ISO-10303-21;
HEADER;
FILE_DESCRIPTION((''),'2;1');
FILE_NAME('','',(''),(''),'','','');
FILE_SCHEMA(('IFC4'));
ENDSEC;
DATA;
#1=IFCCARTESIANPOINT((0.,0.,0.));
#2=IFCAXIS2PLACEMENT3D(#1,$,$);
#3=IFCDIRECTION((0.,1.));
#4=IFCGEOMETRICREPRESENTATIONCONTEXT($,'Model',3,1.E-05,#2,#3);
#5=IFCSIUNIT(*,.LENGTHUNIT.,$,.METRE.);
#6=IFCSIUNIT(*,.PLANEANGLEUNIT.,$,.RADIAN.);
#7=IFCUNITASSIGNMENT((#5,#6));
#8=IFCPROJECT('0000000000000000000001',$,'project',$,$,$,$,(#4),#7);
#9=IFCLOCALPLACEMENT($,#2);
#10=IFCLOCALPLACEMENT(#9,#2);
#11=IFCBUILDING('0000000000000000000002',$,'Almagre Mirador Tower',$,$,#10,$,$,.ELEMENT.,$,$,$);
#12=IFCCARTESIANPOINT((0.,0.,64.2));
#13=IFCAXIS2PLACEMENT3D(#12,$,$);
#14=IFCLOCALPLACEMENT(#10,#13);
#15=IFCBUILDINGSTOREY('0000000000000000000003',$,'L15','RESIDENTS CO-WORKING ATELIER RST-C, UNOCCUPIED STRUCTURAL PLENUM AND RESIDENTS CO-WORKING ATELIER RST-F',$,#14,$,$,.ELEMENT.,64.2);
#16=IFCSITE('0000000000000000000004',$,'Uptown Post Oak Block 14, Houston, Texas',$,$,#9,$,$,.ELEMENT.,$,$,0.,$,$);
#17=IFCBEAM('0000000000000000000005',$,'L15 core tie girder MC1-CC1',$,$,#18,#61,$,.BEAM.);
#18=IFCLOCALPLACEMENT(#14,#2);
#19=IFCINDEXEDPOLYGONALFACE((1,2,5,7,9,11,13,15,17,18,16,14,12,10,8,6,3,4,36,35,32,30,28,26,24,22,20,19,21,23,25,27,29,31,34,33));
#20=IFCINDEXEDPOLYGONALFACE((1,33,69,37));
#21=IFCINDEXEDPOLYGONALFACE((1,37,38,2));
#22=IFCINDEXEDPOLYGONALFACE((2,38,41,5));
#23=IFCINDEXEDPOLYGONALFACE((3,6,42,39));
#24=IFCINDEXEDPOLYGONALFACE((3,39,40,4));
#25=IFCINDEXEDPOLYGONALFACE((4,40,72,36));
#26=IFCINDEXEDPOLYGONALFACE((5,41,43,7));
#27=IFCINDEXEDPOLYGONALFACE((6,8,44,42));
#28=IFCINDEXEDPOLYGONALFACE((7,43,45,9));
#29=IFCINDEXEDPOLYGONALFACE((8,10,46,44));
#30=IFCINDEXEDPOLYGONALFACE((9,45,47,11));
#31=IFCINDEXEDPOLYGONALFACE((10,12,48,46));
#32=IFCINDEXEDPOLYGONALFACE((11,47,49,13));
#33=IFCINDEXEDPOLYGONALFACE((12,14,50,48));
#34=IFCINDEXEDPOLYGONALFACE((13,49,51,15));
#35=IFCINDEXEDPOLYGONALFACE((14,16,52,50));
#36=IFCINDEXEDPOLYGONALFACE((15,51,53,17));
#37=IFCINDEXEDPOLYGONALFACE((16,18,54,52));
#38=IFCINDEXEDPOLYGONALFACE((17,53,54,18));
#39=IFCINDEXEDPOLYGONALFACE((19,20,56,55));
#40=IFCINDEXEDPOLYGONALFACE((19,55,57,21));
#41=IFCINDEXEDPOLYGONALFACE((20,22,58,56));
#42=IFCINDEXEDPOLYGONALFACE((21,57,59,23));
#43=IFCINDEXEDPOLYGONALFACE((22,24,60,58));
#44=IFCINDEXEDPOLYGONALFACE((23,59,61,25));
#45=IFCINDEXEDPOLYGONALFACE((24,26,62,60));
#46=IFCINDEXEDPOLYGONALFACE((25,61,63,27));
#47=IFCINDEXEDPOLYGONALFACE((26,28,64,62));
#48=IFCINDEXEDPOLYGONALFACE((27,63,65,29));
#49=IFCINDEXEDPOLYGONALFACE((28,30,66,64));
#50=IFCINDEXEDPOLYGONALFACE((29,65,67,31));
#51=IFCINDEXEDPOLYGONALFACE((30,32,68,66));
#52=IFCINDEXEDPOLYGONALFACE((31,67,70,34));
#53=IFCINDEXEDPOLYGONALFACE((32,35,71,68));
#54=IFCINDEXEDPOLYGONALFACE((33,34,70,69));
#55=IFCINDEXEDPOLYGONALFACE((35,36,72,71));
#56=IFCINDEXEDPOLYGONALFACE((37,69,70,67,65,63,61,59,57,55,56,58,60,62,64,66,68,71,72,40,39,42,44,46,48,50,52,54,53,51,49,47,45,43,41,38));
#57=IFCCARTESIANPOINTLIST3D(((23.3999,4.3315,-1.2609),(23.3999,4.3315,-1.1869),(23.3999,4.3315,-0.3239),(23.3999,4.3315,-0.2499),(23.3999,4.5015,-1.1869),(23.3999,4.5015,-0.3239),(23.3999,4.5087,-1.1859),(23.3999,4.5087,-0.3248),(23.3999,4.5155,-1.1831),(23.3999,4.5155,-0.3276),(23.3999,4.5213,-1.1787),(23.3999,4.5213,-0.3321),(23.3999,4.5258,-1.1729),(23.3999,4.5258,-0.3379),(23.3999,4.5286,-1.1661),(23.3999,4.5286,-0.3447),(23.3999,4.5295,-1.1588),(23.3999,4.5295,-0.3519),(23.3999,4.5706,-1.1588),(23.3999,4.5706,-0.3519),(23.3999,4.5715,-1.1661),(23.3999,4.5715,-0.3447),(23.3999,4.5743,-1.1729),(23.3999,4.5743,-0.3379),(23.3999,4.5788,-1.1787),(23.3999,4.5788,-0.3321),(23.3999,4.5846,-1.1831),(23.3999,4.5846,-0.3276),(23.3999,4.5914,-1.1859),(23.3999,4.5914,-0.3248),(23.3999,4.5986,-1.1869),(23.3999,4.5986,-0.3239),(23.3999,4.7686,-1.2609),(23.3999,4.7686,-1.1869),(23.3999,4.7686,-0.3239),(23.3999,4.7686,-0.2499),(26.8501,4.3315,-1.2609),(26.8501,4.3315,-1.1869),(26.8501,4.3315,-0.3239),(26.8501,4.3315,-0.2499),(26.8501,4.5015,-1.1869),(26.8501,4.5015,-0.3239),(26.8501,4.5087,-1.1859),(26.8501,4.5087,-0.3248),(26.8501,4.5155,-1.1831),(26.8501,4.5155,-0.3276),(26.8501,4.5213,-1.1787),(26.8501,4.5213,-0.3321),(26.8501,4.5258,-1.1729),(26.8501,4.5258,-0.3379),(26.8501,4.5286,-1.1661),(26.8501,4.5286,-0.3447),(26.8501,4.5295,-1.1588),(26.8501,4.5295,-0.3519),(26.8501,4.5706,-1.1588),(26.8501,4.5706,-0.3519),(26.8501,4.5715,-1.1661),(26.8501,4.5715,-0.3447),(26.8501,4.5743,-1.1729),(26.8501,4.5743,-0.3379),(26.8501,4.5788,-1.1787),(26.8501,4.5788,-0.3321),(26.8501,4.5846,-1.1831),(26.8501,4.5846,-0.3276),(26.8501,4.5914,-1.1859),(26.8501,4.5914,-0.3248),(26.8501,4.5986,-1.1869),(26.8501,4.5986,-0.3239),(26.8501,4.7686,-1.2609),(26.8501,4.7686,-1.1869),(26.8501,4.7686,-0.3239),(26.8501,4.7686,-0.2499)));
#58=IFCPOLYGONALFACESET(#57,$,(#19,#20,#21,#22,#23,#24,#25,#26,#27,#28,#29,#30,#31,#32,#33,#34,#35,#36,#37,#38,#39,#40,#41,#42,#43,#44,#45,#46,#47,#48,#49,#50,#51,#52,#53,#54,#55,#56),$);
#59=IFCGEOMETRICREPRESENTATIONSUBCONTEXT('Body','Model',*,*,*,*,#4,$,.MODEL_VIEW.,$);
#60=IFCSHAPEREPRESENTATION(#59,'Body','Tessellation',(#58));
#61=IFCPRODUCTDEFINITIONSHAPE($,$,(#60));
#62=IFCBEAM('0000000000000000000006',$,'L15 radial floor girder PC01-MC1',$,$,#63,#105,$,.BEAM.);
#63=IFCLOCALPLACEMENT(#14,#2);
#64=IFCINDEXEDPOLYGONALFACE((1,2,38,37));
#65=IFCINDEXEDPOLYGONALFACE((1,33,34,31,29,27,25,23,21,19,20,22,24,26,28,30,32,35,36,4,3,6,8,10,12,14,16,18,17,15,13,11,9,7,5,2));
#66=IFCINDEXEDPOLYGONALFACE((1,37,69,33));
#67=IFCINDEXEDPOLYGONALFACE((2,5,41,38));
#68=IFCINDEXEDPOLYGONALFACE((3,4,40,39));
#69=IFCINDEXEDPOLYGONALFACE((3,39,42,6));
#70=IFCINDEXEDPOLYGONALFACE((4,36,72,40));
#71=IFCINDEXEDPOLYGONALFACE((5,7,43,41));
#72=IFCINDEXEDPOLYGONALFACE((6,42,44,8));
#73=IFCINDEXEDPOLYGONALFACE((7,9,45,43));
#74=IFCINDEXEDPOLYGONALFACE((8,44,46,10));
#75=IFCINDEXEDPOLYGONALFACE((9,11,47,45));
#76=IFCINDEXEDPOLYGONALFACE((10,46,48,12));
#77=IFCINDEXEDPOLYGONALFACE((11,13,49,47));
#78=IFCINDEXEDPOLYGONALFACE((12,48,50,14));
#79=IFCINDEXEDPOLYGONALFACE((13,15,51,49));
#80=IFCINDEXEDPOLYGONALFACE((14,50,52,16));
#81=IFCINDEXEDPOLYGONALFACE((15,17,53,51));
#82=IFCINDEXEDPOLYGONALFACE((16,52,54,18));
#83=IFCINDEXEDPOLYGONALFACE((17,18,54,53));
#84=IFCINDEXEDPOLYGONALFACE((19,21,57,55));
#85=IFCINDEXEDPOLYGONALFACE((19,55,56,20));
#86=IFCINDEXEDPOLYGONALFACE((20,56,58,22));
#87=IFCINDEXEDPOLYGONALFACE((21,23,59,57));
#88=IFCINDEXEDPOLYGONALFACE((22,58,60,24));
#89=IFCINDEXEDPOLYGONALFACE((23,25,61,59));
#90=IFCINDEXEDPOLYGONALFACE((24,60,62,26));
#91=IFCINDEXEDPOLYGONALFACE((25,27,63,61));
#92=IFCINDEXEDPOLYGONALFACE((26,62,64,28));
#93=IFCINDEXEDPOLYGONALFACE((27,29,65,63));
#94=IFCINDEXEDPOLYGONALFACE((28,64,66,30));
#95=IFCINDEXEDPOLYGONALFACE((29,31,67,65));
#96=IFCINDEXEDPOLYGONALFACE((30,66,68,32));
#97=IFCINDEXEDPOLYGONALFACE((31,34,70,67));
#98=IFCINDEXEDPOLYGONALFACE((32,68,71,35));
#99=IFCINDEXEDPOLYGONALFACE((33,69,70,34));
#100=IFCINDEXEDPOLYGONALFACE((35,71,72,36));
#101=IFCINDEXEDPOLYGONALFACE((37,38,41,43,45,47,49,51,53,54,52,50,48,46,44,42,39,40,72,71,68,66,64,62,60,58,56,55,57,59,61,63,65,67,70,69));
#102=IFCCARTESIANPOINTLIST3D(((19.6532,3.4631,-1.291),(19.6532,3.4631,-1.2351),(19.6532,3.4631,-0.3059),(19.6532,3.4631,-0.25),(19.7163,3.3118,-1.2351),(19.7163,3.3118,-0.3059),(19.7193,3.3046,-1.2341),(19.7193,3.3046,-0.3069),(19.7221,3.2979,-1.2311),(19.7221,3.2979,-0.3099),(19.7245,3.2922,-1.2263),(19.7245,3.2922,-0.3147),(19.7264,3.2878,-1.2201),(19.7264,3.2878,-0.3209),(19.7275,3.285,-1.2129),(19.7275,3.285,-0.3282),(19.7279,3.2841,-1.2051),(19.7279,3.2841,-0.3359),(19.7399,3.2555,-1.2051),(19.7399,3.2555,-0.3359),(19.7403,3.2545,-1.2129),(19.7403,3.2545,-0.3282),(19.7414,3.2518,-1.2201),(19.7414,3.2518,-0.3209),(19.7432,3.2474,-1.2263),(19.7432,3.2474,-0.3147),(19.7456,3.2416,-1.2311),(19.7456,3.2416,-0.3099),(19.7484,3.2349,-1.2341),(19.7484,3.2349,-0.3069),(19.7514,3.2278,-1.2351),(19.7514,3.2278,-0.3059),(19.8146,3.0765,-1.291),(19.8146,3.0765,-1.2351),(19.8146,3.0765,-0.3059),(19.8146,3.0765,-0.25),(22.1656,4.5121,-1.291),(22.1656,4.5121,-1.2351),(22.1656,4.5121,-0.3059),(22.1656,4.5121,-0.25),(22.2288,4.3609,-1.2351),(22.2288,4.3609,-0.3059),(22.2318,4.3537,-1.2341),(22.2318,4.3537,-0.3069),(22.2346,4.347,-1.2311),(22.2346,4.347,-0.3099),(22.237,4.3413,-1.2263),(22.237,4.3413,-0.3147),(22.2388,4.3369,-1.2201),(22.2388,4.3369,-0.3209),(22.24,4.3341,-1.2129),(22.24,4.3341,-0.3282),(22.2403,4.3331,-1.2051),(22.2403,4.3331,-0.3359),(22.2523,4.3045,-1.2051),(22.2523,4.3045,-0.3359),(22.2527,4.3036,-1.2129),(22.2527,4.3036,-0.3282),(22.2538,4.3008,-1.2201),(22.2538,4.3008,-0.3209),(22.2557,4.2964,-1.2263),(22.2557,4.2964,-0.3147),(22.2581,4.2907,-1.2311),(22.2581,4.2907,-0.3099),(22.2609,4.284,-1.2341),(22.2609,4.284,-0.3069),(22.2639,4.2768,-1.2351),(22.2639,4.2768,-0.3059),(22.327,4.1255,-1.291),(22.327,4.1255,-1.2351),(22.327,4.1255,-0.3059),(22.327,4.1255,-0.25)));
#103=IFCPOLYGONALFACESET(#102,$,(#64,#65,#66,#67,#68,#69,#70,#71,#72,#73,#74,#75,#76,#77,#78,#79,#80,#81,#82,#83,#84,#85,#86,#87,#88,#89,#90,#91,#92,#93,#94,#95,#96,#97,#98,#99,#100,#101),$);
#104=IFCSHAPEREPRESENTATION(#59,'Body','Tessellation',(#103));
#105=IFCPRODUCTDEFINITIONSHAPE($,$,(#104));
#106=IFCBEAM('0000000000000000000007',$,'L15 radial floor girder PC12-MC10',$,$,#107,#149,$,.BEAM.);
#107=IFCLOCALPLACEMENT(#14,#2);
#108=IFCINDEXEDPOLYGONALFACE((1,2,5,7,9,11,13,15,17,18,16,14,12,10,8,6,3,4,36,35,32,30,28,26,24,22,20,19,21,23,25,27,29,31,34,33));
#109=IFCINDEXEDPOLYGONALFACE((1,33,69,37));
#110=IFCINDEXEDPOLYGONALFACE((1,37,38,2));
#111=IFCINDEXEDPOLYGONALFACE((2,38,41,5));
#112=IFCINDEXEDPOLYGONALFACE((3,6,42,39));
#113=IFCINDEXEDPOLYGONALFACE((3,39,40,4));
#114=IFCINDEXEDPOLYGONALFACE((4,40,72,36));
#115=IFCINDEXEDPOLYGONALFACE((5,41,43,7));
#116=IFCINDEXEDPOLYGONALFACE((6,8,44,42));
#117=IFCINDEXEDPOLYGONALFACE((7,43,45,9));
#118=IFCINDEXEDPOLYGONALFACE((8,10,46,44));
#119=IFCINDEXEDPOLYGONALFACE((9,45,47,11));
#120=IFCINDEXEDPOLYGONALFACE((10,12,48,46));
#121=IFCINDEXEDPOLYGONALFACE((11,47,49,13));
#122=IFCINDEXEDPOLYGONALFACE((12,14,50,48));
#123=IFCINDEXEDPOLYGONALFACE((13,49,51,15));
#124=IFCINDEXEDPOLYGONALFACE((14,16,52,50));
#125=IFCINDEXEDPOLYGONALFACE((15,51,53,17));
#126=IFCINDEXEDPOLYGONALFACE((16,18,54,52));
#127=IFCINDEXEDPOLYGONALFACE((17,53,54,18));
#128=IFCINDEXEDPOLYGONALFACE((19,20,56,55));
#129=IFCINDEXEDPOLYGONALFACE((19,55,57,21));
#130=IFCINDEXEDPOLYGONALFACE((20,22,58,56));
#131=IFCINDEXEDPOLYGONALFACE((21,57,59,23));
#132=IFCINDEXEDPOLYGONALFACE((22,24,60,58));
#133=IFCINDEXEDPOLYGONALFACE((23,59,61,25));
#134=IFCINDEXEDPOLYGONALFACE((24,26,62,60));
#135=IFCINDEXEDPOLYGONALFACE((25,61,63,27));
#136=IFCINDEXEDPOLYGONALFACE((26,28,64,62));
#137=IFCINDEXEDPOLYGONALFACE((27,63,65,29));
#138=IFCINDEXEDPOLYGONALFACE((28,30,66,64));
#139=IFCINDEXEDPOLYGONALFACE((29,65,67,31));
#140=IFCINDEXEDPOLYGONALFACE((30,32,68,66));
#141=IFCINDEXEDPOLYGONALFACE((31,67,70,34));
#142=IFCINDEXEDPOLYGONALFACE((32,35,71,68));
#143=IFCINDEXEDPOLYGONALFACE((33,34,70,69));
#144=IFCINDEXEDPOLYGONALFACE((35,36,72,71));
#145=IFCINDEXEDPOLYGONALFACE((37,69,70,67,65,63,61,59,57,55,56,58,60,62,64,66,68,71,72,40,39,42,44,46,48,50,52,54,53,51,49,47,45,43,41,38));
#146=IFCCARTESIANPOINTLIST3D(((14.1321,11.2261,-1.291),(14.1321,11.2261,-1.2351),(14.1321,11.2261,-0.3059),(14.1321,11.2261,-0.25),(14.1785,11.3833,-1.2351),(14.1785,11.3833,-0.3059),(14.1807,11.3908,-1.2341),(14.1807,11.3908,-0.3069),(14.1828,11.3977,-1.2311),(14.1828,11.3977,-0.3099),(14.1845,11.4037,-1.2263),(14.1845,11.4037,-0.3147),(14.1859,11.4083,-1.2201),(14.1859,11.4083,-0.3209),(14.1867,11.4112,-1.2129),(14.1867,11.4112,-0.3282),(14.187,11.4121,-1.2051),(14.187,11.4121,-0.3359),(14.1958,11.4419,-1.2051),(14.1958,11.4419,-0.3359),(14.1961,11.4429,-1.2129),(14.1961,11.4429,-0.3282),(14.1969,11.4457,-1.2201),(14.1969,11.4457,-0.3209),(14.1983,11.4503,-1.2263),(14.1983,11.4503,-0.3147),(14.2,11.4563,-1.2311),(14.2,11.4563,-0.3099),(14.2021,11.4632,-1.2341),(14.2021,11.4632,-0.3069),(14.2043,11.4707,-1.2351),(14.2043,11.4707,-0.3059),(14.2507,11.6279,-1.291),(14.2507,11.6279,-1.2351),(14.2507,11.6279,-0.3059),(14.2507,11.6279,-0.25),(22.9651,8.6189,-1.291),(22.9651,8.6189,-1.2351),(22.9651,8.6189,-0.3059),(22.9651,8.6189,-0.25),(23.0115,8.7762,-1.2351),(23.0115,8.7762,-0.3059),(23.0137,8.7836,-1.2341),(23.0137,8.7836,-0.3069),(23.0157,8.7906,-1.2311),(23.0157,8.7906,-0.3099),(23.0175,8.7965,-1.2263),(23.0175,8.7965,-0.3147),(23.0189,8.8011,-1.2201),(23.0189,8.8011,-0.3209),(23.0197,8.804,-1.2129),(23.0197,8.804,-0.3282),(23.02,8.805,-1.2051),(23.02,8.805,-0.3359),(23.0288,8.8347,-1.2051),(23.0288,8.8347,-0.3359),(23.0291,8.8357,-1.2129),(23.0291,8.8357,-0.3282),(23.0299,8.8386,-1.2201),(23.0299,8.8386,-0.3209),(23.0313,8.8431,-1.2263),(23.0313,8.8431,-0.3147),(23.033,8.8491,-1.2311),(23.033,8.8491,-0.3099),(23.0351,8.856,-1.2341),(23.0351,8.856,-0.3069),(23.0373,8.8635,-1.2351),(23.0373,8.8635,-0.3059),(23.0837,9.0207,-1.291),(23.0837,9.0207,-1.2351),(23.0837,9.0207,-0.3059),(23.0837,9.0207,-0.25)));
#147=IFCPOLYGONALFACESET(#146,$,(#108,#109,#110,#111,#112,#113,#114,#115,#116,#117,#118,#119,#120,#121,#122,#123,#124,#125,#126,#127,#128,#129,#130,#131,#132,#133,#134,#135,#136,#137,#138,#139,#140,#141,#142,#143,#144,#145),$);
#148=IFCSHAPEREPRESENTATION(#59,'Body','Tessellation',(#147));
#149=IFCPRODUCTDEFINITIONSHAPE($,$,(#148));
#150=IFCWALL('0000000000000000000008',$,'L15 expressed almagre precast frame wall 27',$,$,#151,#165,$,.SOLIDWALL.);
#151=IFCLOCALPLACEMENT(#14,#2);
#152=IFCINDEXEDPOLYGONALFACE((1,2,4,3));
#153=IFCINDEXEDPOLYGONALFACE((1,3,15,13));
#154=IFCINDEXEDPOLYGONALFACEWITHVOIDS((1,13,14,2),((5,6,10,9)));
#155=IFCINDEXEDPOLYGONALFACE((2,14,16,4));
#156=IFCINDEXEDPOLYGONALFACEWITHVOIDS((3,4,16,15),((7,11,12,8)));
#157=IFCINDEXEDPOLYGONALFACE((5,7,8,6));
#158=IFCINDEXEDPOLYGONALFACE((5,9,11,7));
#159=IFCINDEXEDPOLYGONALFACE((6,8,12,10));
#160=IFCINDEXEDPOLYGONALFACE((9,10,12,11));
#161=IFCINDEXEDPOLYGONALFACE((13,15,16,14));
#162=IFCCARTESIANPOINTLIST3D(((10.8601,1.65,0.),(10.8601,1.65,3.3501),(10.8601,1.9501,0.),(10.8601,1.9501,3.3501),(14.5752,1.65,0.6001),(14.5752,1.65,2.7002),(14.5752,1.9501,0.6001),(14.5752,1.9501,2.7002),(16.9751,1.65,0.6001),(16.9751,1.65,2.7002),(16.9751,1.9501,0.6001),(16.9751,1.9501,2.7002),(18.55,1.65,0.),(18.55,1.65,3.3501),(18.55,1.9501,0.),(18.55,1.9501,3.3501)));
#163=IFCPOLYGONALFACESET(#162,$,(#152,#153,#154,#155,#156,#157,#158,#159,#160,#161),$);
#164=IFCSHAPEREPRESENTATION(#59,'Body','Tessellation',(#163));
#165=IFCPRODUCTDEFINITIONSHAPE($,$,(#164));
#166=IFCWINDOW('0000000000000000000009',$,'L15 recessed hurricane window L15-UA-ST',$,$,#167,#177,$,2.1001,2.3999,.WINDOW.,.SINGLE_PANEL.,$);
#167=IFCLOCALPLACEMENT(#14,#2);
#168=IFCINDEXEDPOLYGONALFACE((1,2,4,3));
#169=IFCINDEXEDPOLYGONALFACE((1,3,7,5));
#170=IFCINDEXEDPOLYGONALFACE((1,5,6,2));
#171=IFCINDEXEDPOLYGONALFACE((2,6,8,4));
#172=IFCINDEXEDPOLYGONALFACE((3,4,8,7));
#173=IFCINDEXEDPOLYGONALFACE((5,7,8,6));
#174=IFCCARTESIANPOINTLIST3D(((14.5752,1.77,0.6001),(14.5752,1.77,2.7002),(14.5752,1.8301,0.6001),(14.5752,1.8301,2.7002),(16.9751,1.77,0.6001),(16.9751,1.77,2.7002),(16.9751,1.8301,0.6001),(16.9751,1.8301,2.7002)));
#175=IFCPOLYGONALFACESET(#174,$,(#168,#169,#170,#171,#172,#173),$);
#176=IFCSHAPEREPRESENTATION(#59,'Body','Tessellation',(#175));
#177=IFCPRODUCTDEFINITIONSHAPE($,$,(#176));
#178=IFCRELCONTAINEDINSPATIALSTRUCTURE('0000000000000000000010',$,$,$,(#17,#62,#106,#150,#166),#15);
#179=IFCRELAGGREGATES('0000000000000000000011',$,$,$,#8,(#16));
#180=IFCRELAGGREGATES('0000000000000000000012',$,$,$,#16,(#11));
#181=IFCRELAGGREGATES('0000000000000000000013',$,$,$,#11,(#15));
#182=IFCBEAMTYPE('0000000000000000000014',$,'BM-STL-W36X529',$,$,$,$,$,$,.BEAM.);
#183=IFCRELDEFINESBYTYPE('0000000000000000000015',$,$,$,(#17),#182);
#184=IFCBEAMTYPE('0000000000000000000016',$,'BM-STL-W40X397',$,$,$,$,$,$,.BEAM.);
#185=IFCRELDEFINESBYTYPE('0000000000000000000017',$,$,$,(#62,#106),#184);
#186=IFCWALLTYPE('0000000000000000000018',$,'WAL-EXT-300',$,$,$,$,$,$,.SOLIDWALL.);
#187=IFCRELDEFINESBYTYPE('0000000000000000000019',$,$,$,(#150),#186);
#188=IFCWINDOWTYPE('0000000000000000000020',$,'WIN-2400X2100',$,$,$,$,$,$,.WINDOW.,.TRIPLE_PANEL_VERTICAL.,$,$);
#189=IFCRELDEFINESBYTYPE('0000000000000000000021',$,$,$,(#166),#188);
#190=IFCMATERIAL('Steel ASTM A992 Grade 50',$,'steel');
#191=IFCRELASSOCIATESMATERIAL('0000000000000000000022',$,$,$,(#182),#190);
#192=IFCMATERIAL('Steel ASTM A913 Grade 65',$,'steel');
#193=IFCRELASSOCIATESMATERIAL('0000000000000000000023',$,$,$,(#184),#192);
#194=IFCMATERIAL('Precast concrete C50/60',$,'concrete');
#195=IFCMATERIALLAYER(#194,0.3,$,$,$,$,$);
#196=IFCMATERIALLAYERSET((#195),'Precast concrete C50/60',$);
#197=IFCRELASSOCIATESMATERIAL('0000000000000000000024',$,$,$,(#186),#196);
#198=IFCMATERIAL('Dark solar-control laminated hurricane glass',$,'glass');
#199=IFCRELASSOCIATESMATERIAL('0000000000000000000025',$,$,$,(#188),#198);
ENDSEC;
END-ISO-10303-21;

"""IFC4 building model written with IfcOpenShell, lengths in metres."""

from ifc_helpers import new_model, si_unit, direction, frame, frame_2d, origin, origin_2d, place, context, subcontext, project, spatial, rectangle, i_section, extrude, material, layer, layer_set, material_profile, profile_set, type_object, element, fill, save


model = new_model("IFC4")

# Units and contexts
model_context = context("Model", 3, precision=1e-05, world=origin(), true_north=direction((0.0, 1.0)))
body_context = subcontext(model_context, "Body", "Model", "MODEL_VIEW")
ifc_project = project(units=[si_unit("LENGTHUNIT", "METRE"), si_unit("PLANEANGLEUNIT", "RADIAN")], contexts=[model_context])

# Site, building, storey
site_placement = place(None, origin())
site = spatial("IfcSite", under=ifc_project, at=site_placement, Name="Uptown Post Oak Block 14, Houston, Texas", CompositionType="ELEMENT", RefElevation=0.0)
building_placement = place(site_placement, origin())
building = spatial("IfcBuilding", under=site, at=building_placement, Name="Almagre Mirador Tower", CompositionType="ELEMENT")
storey_placement = place(building_placement, frame((0.0, 0.0, 64.2)))
storey = spatial("IfcBuildingStorey", under=building, at=storey_placement, Name="L15", Description="RESIDENTS CO-WORKING ATELIER RST-C, UNOCCUPIED STRUCTURAL PLENUM AND RESIDENTS CO-WORKING ATELIER RST-F", CompositionType="ELEMENT", Elevation=64.2)

# Beams
ifc_material_1 = material(Name="Steel ASTM A992 Grade 50", Category="steel")
ifc_material_profile_1 = material_profile(ifc_material_1, i_section(OverallWidth=0.437, OverallDepth=1.011, WebThickness=0.041, FlangeThickness=0.074, FilletRadius=0.0281, at=origin_2d()), Name="W36X529")
ifc_profile_set_1 = profile_set([ifc_material_profile_1], Name="Steel ASTM A992 Grade 50")
beam_type_1 = type_object("IfcBeamType", Name="BM-STL-W36X529", PredefinedType="BEAM", material=ifc_profile_set_1)
beam_1_placement = place(storey_placement, frame((23.3999, 4.55, -0.7554), z_axis=(1.0, 0.0, 0.0), x_axis=(0.0, 1.0, 0.0)))
element("IfcBeam", 1, at=beam_1_placement, inside=storey, type_object=beam_type_1, Name="L15 core tie girder MC1-CC1", PredefinedType="BEAM", context=body_context, shape_type="SweptSolid", body=[
    extrude(i_section(OverallWidth=0.437, OverallDepth=1.011, WebThickness=0.041, FlangeThickness=0.074, FilletRadius=0.0281, at=origin_2d()), origin(), (0.0, 0.0, 1.0), 3.4502),
])
ifc_material_2 = material(Name="Steel ASTM A913 Grade 65", Category="steel")
ifc_material_profile_2 = material_profile(ifc_material_2, i_section(OverallWidth=0.4189, OverallDepth=1.041, WebThickness=0.031, FlangeThickness=0.0559, FilletRadius=0.03, at=origin_2d()), Name="W40X397")
ifc_profile_set_2 = profile_set([ifc_material_profile_2], Name="Steel ASTM A913 Grade 65")
beam_type_2 = type_object("IfcBeamType", Name="BM-STL-W40X397", PredefinedType="BEAM", material=ifc_profile_set_2)
beam_2_placement = place(storey_placement, frame((19.7339, 3.2698, -0.7705), z_axis=(0.922787, 0.385309, 0.0), x_axis=(-0.385309, 0.922787, 0.0)))
element("IfcBeam", 2, at=beam_2_placement, inside=storey, type_object=beam_type_2, Name="L15 radial floor girder PC01-MC1", PredefinedType="BEAM", context=body_context, shape_type="SweptSolid", body=[
    extrude(i_section(OverallWidth=0.4189, OverallDepth=1.041, WebThickness=0.031, FlangeThickness=0.0559, FilletRadius=0.03, at=origin_2d()), origin(), (0.0, 0.0, 1.0), 2.7227),
])
beam_3_placement = place(storey_placement, frame((14.1914, 11.427, -0.7705), z_axis=(0.959094, -0.283089, 0.0), x_axis=(0.283089, 0.959094, 0.0)))
element("IfcBeam", 3, at=beam_3_placement, inside=storey, type_object=beam_type_2, Name="L15 radial floor girder PC12-MC10", PredefinedType="BEAM", context=body_context, shape_type="SweptSolid", body=[
    extrude(i_section(OverallWidth=0.4189, OverallDepth=1.041, WebThickness=0.031, FlangeThickness=0.0559, FilletRadius=0.03, at=origin_2d()), origin(), (0.0, 0.0, 1.0), 9.2097),
])

# Wall, opening, window
ifc_material_3 = material(Name="Precast concrete C50/60", Category="concrete")
ifc_layer_1 = layer(ifc_material_3, 0.3)
ifc_layer_set_1 = layer_set([ifc_layer_1], Name="Precast concrete C50/60")
wall_type_1 = type_object("IfcWallType", Name="WAL-EXT-300", PredefinedType="SOLIDWALL", material=ifc_layer_set_1)
wall_1_placement = place(storey_placement, frame((18.55, 1.8, 0.0), z_axis=(0.0, 0.0, 1.0), x_axis=(-1.0, 0.0, 0.0)))
wall_1 = element("IfcWall", 4, at=wall_1_placement, inside=storey, type_object=wall_type_1, Name="L15 expressed almagre precast frame wall 27", PredefinedType="SOLIDWALL", context=body_context, shape_type="SweptSolid", body=[
    extrude(rectangle(XDim=7.6899, YDim=0.3, at=frame_2d((3.845, 0.0))), origin(), (0.0, 0.0, 1.0), 3.3501),
])
opening_1_placement = place(wall_1_placement, frame((1.575, 0.0, 0.6001)))
opening_1 = element("IfcOpeningElement", 5, at=opening_1_placement, cuts=wall_1, PredefinedType="OPENING", context=body_context, shape_type="SweptSolid", body=[
    extrude(rectangle(XDim=2.3999, YDim=2.1001, at=frame_2d((1.2, 1.05))), frame((0.0, 0.1599, 0.0), z_axis=(0.0, -1.0, 0.0), x_axis=(1.0, 0.0, 0.0)), (0.0, 0.0, 1.0), 0.32),
])
ifc_material_4 = material(Name="Dark solar-control laminated hurricane glass", Category="glass")
window_type = type_object("IfcWindowType", Name="WIN-2400X2100", PartitioningType="TRIPLE_PANEL_VERTICAL", PredefinedType="WINDOW", material=ifc_material_4)
window_placement = place(opening_1_placement, origin())
window = element("IfcWindow", 6, at=window_placement, inside=storey, type_object=window_type, Name="L15 recessed hurricane window L15-UA-ST", OverallHeight=2.1001, OverallWidth=2.3999, PartitioningType="SINGLE_PANEL", PredefinedType="WINDOW", context=body_context, shape_type="SweptSolid", body=[
    extrude(rectangle(XDim=2.3999, YDim=2.1001, at=frame_2d((1.2, 1.05))), frame((0.0, 0.03, 0.0), z_axis=(0.0, -1.0, 0.0), x_axis=(1.0, 0.0, 0.0)), (0.0, 0.0, 1.0), 0.0601),
])
fill(opening_1, window)

save(model, "model.ifc")
